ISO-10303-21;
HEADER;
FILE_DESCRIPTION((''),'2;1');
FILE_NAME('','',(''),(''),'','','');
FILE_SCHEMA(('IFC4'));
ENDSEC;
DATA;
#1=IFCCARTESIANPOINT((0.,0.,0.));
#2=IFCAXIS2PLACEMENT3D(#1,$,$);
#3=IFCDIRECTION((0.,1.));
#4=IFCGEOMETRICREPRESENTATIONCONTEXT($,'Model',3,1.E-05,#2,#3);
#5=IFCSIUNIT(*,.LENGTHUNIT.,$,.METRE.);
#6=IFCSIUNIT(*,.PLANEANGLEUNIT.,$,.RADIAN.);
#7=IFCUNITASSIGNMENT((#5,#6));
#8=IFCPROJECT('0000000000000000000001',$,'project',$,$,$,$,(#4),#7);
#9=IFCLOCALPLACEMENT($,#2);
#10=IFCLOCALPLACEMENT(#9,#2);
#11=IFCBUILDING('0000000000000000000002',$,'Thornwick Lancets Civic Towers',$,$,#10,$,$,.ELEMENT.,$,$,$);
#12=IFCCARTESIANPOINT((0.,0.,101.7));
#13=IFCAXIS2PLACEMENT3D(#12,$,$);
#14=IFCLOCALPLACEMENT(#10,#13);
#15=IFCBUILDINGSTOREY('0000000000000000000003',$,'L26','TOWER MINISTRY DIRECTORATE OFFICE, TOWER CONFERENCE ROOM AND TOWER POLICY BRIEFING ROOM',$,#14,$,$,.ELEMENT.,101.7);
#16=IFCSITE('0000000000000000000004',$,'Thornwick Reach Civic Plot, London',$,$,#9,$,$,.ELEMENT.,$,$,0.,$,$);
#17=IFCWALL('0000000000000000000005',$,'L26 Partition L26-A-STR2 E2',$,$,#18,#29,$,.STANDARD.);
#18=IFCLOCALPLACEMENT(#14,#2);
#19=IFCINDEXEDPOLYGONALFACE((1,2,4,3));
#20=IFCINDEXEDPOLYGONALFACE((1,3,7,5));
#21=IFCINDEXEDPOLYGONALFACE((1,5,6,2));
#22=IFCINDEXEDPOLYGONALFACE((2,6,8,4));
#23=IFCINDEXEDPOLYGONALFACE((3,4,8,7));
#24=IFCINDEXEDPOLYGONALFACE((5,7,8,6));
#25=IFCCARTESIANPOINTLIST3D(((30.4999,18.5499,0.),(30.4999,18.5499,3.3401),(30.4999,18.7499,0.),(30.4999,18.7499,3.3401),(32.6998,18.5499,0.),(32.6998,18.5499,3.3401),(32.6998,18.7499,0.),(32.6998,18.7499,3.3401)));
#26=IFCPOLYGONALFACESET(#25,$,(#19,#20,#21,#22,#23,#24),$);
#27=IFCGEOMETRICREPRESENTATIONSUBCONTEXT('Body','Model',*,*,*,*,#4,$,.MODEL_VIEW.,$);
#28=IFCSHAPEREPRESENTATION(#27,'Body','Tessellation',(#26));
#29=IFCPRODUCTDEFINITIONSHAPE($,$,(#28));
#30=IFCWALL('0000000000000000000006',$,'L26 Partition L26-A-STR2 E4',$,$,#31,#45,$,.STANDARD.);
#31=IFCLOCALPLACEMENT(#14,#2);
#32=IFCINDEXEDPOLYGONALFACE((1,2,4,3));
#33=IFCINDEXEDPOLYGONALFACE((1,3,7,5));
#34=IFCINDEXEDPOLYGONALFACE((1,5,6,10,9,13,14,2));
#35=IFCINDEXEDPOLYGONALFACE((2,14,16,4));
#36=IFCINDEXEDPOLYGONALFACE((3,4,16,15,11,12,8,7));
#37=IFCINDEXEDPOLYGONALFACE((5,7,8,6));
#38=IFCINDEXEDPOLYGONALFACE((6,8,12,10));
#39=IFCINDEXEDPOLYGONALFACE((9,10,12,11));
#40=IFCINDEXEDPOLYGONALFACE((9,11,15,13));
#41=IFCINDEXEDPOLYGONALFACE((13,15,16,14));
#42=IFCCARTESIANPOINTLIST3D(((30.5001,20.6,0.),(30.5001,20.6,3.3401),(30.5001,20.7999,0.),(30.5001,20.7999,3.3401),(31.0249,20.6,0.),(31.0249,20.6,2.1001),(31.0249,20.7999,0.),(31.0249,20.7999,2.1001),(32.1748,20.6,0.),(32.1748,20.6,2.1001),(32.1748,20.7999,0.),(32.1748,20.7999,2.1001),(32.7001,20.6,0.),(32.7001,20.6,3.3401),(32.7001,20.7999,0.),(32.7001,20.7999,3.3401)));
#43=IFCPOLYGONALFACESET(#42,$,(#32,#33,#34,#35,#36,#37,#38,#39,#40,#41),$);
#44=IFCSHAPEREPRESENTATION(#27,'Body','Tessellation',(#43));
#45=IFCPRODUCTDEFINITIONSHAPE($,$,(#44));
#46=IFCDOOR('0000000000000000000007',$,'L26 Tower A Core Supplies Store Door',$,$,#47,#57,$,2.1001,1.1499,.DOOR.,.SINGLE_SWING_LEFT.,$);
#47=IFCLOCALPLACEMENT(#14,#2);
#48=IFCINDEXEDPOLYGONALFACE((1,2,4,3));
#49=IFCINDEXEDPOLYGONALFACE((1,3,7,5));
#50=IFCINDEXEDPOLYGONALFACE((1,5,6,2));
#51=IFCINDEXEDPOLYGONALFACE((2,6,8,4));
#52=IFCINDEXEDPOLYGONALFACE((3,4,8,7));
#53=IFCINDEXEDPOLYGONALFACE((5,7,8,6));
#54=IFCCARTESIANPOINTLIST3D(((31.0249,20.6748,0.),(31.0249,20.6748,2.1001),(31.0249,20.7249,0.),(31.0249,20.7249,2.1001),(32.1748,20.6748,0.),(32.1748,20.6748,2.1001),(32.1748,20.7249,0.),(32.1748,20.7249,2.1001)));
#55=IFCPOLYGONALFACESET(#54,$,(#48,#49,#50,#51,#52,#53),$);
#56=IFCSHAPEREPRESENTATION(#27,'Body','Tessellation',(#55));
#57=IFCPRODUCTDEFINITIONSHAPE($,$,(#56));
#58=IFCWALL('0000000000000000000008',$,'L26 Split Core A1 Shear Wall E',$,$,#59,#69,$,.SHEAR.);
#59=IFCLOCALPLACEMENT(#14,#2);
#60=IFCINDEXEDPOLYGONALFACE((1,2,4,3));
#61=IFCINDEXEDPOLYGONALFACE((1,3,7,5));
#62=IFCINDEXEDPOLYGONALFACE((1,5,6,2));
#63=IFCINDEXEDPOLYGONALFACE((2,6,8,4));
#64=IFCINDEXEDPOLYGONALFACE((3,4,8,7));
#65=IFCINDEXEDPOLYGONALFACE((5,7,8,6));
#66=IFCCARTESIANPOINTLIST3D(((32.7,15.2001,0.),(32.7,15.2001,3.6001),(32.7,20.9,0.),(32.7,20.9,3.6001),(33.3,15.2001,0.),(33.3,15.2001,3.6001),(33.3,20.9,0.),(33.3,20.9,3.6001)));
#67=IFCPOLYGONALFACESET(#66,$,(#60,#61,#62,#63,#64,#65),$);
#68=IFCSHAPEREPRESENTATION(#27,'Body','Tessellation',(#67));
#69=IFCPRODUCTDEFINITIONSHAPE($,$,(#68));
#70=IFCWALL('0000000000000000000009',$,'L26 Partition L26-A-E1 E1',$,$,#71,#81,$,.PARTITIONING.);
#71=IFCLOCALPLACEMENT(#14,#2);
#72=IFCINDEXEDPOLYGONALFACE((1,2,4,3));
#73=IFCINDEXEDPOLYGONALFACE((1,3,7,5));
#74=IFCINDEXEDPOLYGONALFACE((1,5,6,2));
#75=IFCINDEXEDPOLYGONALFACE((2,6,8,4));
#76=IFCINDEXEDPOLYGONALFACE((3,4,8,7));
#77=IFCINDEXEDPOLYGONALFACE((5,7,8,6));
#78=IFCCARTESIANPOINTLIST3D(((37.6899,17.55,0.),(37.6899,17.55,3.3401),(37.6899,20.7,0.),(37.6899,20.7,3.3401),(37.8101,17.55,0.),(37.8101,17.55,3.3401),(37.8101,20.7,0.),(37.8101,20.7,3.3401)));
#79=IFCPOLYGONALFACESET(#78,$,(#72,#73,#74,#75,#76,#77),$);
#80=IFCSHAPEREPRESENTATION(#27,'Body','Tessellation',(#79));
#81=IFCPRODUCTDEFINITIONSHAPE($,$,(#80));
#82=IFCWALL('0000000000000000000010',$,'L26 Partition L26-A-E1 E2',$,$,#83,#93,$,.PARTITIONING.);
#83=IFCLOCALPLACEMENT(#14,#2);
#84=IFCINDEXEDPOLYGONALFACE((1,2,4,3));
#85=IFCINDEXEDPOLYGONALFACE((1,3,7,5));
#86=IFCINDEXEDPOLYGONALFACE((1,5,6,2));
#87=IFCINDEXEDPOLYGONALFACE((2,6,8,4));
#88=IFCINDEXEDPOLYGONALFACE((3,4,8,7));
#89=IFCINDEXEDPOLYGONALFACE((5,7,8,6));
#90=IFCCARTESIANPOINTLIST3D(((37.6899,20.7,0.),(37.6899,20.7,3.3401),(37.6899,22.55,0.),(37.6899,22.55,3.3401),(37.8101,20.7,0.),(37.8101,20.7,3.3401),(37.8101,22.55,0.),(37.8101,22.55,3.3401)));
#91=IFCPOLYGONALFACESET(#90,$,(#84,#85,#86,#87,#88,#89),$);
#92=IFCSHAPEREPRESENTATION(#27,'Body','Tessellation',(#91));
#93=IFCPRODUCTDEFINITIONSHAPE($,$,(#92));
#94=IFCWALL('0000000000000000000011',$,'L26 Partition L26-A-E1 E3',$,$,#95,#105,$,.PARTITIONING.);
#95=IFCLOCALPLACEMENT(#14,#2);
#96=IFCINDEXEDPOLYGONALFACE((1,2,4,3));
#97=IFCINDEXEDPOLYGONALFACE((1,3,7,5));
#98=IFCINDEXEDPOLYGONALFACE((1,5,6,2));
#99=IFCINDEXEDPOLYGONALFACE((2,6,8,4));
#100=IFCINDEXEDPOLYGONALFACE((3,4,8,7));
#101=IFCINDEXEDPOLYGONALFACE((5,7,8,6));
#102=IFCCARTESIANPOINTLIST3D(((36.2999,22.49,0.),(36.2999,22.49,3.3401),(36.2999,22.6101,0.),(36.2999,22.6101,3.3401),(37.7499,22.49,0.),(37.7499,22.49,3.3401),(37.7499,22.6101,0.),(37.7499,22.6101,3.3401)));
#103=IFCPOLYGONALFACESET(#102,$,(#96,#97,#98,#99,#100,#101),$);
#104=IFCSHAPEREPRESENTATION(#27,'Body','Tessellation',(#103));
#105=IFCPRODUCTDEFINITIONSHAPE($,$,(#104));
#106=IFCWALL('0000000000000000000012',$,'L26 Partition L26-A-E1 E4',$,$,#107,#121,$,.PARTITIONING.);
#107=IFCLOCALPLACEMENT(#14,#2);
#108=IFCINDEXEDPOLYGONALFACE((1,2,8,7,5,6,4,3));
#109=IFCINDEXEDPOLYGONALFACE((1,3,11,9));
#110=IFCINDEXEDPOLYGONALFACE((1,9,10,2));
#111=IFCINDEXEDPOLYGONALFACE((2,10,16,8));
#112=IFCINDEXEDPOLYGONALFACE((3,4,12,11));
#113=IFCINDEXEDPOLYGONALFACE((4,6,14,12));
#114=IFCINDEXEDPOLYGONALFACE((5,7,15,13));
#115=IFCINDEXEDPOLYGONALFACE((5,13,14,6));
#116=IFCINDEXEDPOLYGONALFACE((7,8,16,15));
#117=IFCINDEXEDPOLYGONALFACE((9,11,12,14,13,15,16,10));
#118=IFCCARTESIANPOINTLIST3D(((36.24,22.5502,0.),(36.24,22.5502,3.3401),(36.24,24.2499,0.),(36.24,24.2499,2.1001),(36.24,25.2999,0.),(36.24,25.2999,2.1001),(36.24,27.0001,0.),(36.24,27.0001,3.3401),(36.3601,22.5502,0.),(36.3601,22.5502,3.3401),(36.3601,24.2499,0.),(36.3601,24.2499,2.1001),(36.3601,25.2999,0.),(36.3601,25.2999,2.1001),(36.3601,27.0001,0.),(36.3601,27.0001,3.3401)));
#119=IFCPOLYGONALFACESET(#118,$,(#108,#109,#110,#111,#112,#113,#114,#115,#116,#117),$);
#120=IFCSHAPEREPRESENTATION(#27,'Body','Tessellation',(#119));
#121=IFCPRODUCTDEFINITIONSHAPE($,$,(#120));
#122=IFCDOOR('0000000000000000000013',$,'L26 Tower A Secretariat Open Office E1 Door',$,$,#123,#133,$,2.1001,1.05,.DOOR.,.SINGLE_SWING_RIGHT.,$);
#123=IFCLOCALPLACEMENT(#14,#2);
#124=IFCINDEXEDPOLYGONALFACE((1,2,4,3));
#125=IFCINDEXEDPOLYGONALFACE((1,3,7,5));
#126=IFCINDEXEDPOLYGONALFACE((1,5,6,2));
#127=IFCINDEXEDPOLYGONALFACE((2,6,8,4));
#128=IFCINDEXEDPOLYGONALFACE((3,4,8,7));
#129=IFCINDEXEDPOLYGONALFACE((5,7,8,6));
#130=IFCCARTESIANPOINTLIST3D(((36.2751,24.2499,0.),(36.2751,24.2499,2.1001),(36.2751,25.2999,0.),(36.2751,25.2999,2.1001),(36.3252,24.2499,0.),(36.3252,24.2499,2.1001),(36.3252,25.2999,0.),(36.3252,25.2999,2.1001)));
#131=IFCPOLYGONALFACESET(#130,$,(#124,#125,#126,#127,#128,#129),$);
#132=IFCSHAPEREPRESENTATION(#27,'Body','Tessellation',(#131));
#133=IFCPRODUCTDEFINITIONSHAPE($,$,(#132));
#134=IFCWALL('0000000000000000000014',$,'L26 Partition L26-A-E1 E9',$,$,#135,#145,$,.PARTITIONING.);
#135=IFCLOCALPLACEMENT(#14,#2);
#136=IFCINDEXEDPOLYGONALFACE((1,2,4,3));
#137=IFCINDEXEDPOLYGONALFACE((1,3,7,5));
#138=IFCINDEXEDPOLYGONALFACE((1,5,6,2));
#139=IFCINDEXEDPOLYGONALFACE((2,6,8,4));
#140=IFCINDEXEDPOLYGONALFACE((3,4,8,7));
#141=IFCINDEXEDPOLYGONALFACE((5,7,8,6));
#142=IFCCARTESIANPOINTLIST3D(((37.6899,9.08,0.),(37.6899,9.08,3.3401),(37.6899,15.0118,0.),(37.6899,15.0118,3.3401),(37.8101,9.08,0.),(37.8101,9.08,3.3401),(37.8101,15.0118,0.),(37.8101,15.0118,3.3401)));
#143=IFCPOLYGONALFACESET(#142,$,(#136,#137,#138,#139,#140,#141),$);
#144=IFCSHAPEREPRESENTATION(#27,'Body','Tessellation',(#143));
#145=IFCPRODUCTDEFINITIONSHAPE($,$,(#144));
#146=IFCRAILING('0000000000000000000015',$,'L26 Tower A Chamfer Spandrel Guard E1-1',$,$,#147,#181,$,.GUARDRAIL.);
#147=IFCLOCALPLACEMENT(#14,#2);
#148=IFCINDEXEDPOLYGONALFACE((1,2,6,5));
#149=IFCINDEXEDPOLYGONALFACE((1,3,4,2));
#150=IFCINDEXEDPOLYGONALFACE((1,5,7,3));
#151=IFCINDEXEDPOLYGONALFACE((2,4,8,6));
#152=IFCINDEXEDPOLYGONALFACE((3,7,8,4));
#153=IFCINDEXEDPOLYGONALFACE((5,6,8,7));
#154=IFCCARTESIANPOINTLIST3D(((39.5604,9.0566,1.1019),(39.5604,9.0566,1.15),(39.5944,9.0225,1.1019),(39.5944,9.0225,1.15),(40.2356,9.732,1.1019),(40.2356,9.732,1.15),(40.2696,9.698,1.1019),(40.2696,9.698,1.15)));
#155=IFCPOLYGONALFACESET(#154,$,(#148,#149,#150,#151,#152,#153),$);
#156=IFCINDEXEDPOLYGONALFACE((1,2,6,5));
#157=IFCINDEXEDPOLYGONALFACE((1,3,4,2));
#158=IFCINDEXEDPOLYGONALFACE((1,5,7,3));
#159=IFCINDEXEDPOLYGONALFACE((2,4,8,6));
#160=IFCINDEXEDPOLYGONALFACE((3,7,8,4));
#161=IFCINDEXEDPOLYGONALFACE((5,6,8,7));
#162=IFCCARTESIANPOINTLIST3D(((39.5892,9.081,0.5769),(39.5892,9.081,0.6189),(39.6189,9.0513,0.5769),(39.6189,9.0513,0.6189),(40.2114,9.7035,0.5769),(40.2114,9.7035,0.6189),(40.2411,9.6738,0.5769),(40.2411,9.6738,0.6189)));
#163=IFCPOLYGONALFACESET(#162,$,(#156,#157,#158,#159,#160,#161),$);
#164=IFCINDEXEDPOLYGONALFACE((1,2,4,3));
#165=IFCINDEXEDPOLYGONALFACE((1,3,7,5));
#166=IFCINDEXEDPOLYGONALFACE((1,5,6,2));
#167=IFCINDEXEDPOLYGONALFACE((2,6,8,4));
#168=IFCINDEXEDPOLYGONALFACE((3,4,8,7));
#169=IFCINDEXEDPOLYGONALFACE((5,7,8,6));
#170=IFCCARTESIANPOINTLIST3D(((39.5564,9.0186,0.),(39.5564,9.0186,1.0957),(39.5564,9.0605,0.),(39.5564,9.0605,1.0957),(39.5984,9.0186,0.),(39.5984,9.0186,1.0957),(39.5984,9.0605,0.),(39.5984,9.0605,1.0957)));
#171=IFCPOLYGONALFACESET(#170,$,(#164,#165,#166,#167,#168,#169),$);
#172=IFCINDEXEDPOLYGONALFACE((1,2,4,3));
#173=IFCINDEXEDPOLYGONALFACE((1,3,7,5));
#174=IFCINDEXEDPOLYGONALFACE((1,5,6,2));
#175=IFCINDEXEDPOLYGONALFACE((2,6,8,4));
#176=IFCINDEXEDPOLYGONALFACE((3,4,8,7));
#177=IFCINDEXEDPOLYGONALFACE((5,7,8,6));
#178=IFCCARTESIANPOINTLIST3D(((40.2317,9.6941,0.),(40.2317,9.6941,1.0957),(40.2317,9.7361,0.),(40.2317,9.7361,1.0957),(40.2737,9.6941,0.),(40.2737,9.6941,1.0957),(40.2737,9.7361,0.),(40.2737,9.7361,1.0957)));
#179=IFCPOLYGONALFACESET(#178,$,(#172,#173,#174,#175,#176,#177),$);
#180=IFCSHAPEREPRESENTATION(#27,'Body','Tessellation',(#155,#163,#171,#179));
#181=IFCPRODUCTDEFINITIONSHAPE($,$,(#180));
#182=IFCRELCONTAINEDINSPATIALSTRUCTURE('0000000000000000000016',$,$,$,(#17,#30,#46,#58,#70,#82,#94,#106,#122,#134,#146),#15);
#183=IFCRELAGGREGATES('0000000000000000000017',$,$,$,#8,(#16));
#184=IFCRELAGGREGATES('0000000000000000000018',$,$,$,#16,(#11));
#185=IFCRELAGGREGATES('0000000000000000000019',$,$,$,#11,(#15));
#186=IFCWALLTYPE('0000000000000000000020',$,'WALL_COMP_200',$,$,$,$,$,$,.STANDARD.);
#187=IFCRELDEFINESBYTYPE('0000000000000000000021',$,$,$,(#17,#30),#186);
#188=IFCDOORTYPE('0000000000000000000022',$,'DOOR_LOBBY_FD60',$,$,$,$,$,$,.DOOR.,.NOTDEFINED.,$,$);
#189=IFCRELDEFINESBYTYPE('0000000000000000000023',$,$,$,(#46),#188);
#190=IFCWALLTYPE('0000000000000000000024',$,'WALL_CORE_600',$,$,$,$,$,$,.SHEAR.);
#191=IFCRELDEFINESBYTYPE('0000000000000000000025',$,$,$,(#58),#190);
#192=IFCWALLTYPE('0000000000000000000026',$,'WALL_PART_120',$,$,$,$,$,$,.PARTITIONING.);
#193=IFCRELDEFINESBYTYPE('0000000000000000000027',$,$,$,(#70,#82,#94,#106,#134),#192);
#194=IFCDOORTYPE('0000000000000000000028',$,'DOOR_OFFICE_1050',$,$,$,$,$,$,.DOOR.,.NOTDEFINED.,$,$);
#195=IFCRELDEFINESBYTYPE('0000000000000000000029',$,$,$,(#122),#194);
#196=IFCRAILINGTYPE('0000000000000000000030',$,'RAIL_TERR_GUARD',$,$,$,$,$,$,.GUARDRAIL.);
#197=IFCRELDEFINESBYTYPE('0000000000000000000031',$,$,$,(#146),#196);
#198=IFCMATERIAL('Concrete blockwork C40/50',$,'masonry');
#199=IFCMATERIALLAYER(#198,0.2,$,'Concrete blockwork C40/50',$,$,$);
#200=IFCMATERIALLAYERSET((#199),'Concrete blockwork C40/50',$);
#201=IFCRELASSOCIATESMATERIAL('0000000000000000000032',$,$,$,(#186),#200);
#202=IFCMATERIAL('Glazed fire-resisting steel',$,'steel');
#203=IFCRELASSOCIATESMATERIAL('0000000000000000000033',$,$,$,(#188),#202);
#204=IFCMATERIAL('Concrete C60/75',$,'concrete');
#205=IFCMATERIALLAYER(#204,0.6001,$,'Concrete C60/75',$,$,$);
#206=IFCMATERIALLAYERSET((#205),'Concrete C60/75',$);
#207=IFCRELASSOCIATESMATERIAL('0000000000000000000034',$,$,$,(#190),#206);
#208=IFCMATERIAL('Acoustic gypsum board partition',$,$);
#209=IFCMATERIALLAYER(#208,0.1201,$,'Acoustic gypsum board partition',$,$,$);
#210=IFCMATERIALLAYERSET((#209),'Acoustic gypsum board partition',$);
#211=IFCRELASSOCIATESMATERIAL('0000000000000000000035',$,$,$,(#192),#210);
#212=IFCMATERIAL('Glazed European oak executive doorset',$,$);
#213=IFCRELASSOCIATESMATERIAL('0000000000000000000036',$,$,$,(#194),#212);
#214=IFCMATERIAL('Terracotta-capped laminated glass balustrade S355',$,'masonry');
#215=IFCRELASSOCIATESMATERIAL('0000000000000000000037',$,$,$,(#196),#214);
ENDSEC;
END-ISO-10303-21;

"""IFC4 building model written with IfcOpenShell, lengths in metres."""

from ifc_helpers import new_model, si_unit, direction, frame, frame_2d, origin, origin_2d, place, context, subcontext, project, spatial, rectangle, extrude, material, layer, layer_set, type_object, element, fill, save


model = new_model("IFC4")

# Units and contexts
model_context = context("Model", 3, precision=1e-05, world=origin(), true_north=direction((0.0, 1.0)))
body_context = subcontext(model_context, "Body", "Model", "MODEL_VIEW")
ifc_project = project(units=[si_unit("LENGTHUNIT", "METRE"), si_unit("PLANEANGLEUNIT", "RADIAN")], contexts=[model_context])

# Site, building, storey
site_placement = place(None, origin())
site = spatial("IfcSite", under=ifc_project, at=site_placement, Name="Thornwick Reach Civic Plot, London", CompositionType="ELEMENT", RefElevation=0.0)
building_placement = place(site_placement, origin())
building = spatial("IfcBuilding", under=site, at=building_placement, Name="Thornwick Lancets Civic Towers", CompositionType="ELEMENT")
storey_placement = place(building_placement, frame((0.0, 0.0, 101.7)))
storey = spatial("IfcBuildingStorey", under=building, at=storey_placement, Name="L26", Description="TOWER MINISTRY DIRECTORATE OFFICE, TOWER CONFERENCE ROOM AND TOWER POLICY BRIEFING ROOM", CompositionType="ELEMENT", Elevation=101.7)

# Shared definitions
ifc_material_1 = material(Name="Concrete C60/75", Category="concrete")

# Shared definitions
ifc_material_2 = material(Name="Concrete blockwork C40/50", Category="masonry")
ifc_layer_1 = layer(ifc_material_2, 0.2, Name="Concrete blockwork C40/50")
ifc_layer_set_1 = layer_set([ifc_layer_1], Name="Concrete blockwork C40/50")
wall_type_1 = type_object("IfcWallType", Name="WALL_COMP_200", PredefinedType="STANDARD", material=ifc_layer_set_1)

# Wall
wall_1_placement = place(storey_placement, frame((32.7, 18.6499, 0.0), z_axis=(0.0, 0.0, 1.0), x_axis=(-1.0, 0.0, 0.0)))
element("IfcWall", 1, at=wall_1_placement, inside=storey, type_object=wall_type_1, Name="L26 Partition L26-A-STR2 E2", PredefinedType="STANDARD", context=body_context, shape_type="SweptSolid", body=[
    extrude(rectangle(XDim=2.2, YDim=0.2, at=frame_2d((1.1001, 0.0))), origin(), (0.0, 0.0, 1.0), 3.3401),
])

# Wall, opening, door
wall_2_placement = place(storey_placement, frame((30.5, 20.7, 0.0), z_axis=(0.0, 0.0, 1.0), x_axis=(1.0, 0.0, 0.0)))
wall_2 = element("IfcWall", 2, at=wall_2_placement, inside=storey, type_object=wall_type_1, Name="L26 Partition L26-A-STR2 E4", PredefinedType="STANDARD", context=body_context, shape_type="SweptSolid", body=[
    extrude(rectangle(XDim=2.2, YDim=0.2, at=frame_2d((1.1001, 0.0))), origin(), (0.0, 0.0, 1.0), 3.3401),
])
opening_1_placement = place(wall_2_placement, frame((0.5249, 0.0, 0.0)))
opening_1 = element("IfcOpeningElement", 3, at=opening_1_placement, cuts=wall_2, PredefinedType="OPENING", context=body_context, shape_type="SweptSolid", body=[
    extrude(rectangle(XDim=1.1499, YDim=2.1001, at=frame_2d((0.575, 1.05))), frame((0.0, 0.1099, 0.0), z_axis=(0.0, -1.0, 0.0), x_axis=(1.0, 0.0, 0.0)), (0.0, 0.0, 1.0), 0.22),
])
ifc_material_3 = material(Name="Glazed fire-resisting steel", Category="steel")
door_type_1 = type_object("IfcDoorType", Name="DOOR_LOBBY_FD60", OperationType="NOTDEFINED", PredefinedType="DOOR", material=ifc_material_3)
door_1_placement = place(opening_1_placement, origin())
door_1 = element("IfcDoor", 4, at=door_1_placement, inside=storey, type_object=door_type_1, Name="L26 Tower A Core Supplies Store Door", OperationType="SINGLE_SWING_LEFT", OverallHeight=2.1001, OverallWidth=1.1499, PredefinedType="DOOR", context=body_context, shape_type="SweptSolid", body=[
    extrude(rectangle(XDim=1.1499, YDim=2.1001, at=frame_2d((0.575, 1.05))), frame((0.0, 0.0249, 0.0), z_axis=(0.0, -1.0, 0.0), x_axis=(1.0, 0.0, 0.0)), (0.0, 0.0, 1.0), 0.05),
])
fill(opening_1, door_1)

# Walls
ifc_layer_2 = layer(ifc_material_1, 0.6001, Name="Concrete C60/75")
ifc_layer_set_2 = layer_set([ifc_layer_2], Name="Concrete C60/75")
wall_type_2 = type_object("IfcWallType", Name="WALL_CORE_600", PredefinedType="SHEAR", material=ifc_layer_set_2)
wall_3_placement = place(storey_placement, frame((33.0, 15.2, 0.0), z_axis=(0.0, 0.0, 1.0), x_axis=(0.0, 1.0, 0.0)))
element("IfcWall", 5, at=wall_3_placement, inside=storey, type_object=wall_type_2, Name="L26 Split Core A1 Shear Wall E", PredefinedType="SHEAR", context=body_context, shape_type="SweptSolid", body=[
    extrude(rectangle(XDim=5.7, YDim=0.6001, at=frame_2d((2.8501, 0.0))), origin(), (0.0, 0.0, 1.0), 3.6001),
])
ifc_material_4 = material(Name="Acoustic gypsum board partition")
ifc_layer_3 = layer(ifc_material_4, 0.1201, Name="Acoustic gypsum board partition")
ifc_layer_set_3 = layer_set([ifc_layer_3], Name="Acoustic gypsum board partition")
wall_type_3 = type_object("IfcWallType", Name="WALL_PART_120", PredefinedType="PARTITIONING", material=ifc_layer_set_3)
wall_4_placement = place(storey_placement, frame((37.75, 17.55, 0.0), z_axis=(0.0, 0.0, 1.0), x_axis=(0.0, 1.0, 0.0)))
element("IfcWall", 6, at=wall_4_placement, inside=storey, type_object=wall_type_3, Name="L26 Partition L26-A-E1 E1", PredefinedType="PARTITIONING", context=body_context, shape_type="SweptSolid", body=[
    extrude(rectangle(XDim=3.1499, YDim=0.1201, at=frame_2d((1.575, 0.0))), origin(), (0.0, 0.0, 1.0), 3.3401),
])
wall_5_placement = place(storey_placement, frame((37.75, 20.7, 0.0), z_axis=(0.0, 0.0, 1.0), x_axis=(0.0, 1.0, 0.0)))
element("IfcWall", 7, at=wall_5_placement, inside=storey, type_object=wall_type_3, Name="L26 Partition L26-A-E1 E2", PredefinedType="PARTITIONING", context=body_context, shape_type="SweptSolid", body=[
    extrude(rectangle(XDim=1.8501, YDim=0.1201, at=frame_2d((0.925, 0.0))), origin(), (0.0, 0.0, 1.0), 3.3401),
])
wall_6_placement = place(storey_placement, frame((37.75, 22.55, 0.0), z_axis=(0.0, 0.0, 1.0), x_axis=(-1.0, 0.0, 0.0)))
element("IfcWall", 8, at=wall_6_placement, inside=storey, type_object=wall_type_3, Name="L26 Partition L26-A-E1 E3", PredefinedType="PARTITIONING", context=body_context, shape_type="SweptSolid", body=[
    extrude(rectangle(XDim=1.45, YDim=0.1201, at=frame_2d((0.7251, 0.0))), origin(), (0.0, 0.0, 1.0), 3.3401),
])

# Wall, opening, door
wall_7_placement = place(storey_placement, frame((36.3, 22.55, 0.0), z_axis=(0.0, 0.0, 1.0), x_axis=(0.0, 1.0, 0.0)))
wall_7 = element("IfcWall", 9, at=wall_7_placement, inside=storey, type_object=wall_type_3, Name="L26 Partition L26-A-E1 E4", PredefinedType="PARTITIONING", context=body_context, shape_type="SweptSolid", body=[
    extrude(rectangle(XDim=4.45, YDim=0.1201, at=frame_2d((2.2251, 0.0))), origin(), (0.0, 0.0, 1.0), 3.3401),
])
opening_2_placement = place(wall_7_placement, frame((1.7, 0.0, 0.0)))
opening_2 = element("IfcOpeningElement", 10, at=opening_2_placement, cuts=wall_7, PredefinedType="OPENING", context=body_context, shape_type="SweptSolid", body=[
    extrude(rectangle(XDim=1.05, YDim=2.1001, at=frame_2d((0.5249, 1.05))), frame((0.0, 0.0701, 0.0), z_axis=(0.0, -1.0, 0.0), x_axis=(1.0, 0.0, 0.0)), (0.0, 0.0, 1.0), 0.1401),
])
ifc_material_5 = material(Name="Glazed European oak executive doorset")
door_type_2 = type_object("IfcDoorType", Name="DOOR_OFFICE_1050", OperationType="NOTDEFINED", PredefinedType="DOOR", material=ifc_material_5)
door_2_placement = place(opening_2_placement, origin())
door_2 = element("IfcDoor", 11, at=door_2_placement, inside=storey, type_object=door_type_2, Name="L26 Tower A Secretariat Open Office E1 Door", OperationType="SINGLE_SWING_RIGHT", OverallHeight=2.1001, OverallWidth=1.05, PredefinedType="DOOR", context=body_context, shape_type="SweptSolid", body=[
    extrude(rectangle(XDim=1.05, YDim=2.1001, at=frame_2d((0.5249, 1.05))), frame((0.0, 0.0249, 0.0), z_axis=(0.0, -1.0, 0.0), x_axis=(1.0, 0.0, 0.0)), (0.0, 0.0, 1.0), 0.05),
])
fill(opening_2, door_2)

# Wall
wall_8_placement = place(storey_placement, frame((37.75, 9.0801, 0.0), z_axis=(0.0, 0.0, 1.0), x_axis=(0.0, 1.0, 0.0)))
element("IfcWall", 12, at=wall_8_placement, inside=storey, type_object=wall_type_3, Name="L26 Partition L26-A-E1 E9", PredefinedType="PARTITIONING", context=body_context, shape_type="SweptSolid", body=[
    extrude(rectangle(XDim=5.9319, YDim=0.1201, at=frame_2d((2.9658, 0.0))), origin(), (0.0, 0.0, 1.0), 3.3401),
])

# Railing
ifc_material_6 = material(Name="Terracotta-capped laminated glass balustrade S355", Category="masonry")
railing_type = type_object("IfcRailingType", Name="RAIL_TERR_GUARD", PredefinedType="GUARDRAIL", material=ifc_material_6)
railing_1_placement = place(storey_placement, frame((39.5774, 9.0396, 0.0)))
element("IfcRailing", 13, at=railing_1_placement, inside=storey, type_object=railing_type, Name="L26 Tower A Chamfer Spandrel Guard E1-1", PredefinedType="GUARDRAIL", context=body_context, shape_type="SweptSolid", body=[
    extrude(rectangle(XDim=0.0481, YDim=0.0481, at=origin_2d()), frame((0.0, 0.0, 1.126), z_axis=(0.706979, 0.707235, 0.0), x_axis=(-0.707235, 0.706979, 0.0)), (0.0, 0.0, 1.0), 0.9551),
    extrude(rectangle(XDim=0.042, YDim=0.042, at=origin_2d()), frame((0.0266, 0.0266, 0.5979), z_axis=(0.706979, 0.707235, 0.0), x_axis=(-0.707235, 0.706979, 0.0)), (0.0, 0.0, 1.0), 0.8801),
    extrude(rectangle(XDim=0.042, YDim=0.042, at=origin_2d()), origin(), (0.0, 0.0, 1.0), 1.0957),
    extrude(rectangle(XDim=0.042, YDim=0.042, at=origin_2d()), frame((0.6753, 0.6755, 0.0)), (0.0, 0.0, 1.0), 1.0957),
])

save(model, "model.ifc")
